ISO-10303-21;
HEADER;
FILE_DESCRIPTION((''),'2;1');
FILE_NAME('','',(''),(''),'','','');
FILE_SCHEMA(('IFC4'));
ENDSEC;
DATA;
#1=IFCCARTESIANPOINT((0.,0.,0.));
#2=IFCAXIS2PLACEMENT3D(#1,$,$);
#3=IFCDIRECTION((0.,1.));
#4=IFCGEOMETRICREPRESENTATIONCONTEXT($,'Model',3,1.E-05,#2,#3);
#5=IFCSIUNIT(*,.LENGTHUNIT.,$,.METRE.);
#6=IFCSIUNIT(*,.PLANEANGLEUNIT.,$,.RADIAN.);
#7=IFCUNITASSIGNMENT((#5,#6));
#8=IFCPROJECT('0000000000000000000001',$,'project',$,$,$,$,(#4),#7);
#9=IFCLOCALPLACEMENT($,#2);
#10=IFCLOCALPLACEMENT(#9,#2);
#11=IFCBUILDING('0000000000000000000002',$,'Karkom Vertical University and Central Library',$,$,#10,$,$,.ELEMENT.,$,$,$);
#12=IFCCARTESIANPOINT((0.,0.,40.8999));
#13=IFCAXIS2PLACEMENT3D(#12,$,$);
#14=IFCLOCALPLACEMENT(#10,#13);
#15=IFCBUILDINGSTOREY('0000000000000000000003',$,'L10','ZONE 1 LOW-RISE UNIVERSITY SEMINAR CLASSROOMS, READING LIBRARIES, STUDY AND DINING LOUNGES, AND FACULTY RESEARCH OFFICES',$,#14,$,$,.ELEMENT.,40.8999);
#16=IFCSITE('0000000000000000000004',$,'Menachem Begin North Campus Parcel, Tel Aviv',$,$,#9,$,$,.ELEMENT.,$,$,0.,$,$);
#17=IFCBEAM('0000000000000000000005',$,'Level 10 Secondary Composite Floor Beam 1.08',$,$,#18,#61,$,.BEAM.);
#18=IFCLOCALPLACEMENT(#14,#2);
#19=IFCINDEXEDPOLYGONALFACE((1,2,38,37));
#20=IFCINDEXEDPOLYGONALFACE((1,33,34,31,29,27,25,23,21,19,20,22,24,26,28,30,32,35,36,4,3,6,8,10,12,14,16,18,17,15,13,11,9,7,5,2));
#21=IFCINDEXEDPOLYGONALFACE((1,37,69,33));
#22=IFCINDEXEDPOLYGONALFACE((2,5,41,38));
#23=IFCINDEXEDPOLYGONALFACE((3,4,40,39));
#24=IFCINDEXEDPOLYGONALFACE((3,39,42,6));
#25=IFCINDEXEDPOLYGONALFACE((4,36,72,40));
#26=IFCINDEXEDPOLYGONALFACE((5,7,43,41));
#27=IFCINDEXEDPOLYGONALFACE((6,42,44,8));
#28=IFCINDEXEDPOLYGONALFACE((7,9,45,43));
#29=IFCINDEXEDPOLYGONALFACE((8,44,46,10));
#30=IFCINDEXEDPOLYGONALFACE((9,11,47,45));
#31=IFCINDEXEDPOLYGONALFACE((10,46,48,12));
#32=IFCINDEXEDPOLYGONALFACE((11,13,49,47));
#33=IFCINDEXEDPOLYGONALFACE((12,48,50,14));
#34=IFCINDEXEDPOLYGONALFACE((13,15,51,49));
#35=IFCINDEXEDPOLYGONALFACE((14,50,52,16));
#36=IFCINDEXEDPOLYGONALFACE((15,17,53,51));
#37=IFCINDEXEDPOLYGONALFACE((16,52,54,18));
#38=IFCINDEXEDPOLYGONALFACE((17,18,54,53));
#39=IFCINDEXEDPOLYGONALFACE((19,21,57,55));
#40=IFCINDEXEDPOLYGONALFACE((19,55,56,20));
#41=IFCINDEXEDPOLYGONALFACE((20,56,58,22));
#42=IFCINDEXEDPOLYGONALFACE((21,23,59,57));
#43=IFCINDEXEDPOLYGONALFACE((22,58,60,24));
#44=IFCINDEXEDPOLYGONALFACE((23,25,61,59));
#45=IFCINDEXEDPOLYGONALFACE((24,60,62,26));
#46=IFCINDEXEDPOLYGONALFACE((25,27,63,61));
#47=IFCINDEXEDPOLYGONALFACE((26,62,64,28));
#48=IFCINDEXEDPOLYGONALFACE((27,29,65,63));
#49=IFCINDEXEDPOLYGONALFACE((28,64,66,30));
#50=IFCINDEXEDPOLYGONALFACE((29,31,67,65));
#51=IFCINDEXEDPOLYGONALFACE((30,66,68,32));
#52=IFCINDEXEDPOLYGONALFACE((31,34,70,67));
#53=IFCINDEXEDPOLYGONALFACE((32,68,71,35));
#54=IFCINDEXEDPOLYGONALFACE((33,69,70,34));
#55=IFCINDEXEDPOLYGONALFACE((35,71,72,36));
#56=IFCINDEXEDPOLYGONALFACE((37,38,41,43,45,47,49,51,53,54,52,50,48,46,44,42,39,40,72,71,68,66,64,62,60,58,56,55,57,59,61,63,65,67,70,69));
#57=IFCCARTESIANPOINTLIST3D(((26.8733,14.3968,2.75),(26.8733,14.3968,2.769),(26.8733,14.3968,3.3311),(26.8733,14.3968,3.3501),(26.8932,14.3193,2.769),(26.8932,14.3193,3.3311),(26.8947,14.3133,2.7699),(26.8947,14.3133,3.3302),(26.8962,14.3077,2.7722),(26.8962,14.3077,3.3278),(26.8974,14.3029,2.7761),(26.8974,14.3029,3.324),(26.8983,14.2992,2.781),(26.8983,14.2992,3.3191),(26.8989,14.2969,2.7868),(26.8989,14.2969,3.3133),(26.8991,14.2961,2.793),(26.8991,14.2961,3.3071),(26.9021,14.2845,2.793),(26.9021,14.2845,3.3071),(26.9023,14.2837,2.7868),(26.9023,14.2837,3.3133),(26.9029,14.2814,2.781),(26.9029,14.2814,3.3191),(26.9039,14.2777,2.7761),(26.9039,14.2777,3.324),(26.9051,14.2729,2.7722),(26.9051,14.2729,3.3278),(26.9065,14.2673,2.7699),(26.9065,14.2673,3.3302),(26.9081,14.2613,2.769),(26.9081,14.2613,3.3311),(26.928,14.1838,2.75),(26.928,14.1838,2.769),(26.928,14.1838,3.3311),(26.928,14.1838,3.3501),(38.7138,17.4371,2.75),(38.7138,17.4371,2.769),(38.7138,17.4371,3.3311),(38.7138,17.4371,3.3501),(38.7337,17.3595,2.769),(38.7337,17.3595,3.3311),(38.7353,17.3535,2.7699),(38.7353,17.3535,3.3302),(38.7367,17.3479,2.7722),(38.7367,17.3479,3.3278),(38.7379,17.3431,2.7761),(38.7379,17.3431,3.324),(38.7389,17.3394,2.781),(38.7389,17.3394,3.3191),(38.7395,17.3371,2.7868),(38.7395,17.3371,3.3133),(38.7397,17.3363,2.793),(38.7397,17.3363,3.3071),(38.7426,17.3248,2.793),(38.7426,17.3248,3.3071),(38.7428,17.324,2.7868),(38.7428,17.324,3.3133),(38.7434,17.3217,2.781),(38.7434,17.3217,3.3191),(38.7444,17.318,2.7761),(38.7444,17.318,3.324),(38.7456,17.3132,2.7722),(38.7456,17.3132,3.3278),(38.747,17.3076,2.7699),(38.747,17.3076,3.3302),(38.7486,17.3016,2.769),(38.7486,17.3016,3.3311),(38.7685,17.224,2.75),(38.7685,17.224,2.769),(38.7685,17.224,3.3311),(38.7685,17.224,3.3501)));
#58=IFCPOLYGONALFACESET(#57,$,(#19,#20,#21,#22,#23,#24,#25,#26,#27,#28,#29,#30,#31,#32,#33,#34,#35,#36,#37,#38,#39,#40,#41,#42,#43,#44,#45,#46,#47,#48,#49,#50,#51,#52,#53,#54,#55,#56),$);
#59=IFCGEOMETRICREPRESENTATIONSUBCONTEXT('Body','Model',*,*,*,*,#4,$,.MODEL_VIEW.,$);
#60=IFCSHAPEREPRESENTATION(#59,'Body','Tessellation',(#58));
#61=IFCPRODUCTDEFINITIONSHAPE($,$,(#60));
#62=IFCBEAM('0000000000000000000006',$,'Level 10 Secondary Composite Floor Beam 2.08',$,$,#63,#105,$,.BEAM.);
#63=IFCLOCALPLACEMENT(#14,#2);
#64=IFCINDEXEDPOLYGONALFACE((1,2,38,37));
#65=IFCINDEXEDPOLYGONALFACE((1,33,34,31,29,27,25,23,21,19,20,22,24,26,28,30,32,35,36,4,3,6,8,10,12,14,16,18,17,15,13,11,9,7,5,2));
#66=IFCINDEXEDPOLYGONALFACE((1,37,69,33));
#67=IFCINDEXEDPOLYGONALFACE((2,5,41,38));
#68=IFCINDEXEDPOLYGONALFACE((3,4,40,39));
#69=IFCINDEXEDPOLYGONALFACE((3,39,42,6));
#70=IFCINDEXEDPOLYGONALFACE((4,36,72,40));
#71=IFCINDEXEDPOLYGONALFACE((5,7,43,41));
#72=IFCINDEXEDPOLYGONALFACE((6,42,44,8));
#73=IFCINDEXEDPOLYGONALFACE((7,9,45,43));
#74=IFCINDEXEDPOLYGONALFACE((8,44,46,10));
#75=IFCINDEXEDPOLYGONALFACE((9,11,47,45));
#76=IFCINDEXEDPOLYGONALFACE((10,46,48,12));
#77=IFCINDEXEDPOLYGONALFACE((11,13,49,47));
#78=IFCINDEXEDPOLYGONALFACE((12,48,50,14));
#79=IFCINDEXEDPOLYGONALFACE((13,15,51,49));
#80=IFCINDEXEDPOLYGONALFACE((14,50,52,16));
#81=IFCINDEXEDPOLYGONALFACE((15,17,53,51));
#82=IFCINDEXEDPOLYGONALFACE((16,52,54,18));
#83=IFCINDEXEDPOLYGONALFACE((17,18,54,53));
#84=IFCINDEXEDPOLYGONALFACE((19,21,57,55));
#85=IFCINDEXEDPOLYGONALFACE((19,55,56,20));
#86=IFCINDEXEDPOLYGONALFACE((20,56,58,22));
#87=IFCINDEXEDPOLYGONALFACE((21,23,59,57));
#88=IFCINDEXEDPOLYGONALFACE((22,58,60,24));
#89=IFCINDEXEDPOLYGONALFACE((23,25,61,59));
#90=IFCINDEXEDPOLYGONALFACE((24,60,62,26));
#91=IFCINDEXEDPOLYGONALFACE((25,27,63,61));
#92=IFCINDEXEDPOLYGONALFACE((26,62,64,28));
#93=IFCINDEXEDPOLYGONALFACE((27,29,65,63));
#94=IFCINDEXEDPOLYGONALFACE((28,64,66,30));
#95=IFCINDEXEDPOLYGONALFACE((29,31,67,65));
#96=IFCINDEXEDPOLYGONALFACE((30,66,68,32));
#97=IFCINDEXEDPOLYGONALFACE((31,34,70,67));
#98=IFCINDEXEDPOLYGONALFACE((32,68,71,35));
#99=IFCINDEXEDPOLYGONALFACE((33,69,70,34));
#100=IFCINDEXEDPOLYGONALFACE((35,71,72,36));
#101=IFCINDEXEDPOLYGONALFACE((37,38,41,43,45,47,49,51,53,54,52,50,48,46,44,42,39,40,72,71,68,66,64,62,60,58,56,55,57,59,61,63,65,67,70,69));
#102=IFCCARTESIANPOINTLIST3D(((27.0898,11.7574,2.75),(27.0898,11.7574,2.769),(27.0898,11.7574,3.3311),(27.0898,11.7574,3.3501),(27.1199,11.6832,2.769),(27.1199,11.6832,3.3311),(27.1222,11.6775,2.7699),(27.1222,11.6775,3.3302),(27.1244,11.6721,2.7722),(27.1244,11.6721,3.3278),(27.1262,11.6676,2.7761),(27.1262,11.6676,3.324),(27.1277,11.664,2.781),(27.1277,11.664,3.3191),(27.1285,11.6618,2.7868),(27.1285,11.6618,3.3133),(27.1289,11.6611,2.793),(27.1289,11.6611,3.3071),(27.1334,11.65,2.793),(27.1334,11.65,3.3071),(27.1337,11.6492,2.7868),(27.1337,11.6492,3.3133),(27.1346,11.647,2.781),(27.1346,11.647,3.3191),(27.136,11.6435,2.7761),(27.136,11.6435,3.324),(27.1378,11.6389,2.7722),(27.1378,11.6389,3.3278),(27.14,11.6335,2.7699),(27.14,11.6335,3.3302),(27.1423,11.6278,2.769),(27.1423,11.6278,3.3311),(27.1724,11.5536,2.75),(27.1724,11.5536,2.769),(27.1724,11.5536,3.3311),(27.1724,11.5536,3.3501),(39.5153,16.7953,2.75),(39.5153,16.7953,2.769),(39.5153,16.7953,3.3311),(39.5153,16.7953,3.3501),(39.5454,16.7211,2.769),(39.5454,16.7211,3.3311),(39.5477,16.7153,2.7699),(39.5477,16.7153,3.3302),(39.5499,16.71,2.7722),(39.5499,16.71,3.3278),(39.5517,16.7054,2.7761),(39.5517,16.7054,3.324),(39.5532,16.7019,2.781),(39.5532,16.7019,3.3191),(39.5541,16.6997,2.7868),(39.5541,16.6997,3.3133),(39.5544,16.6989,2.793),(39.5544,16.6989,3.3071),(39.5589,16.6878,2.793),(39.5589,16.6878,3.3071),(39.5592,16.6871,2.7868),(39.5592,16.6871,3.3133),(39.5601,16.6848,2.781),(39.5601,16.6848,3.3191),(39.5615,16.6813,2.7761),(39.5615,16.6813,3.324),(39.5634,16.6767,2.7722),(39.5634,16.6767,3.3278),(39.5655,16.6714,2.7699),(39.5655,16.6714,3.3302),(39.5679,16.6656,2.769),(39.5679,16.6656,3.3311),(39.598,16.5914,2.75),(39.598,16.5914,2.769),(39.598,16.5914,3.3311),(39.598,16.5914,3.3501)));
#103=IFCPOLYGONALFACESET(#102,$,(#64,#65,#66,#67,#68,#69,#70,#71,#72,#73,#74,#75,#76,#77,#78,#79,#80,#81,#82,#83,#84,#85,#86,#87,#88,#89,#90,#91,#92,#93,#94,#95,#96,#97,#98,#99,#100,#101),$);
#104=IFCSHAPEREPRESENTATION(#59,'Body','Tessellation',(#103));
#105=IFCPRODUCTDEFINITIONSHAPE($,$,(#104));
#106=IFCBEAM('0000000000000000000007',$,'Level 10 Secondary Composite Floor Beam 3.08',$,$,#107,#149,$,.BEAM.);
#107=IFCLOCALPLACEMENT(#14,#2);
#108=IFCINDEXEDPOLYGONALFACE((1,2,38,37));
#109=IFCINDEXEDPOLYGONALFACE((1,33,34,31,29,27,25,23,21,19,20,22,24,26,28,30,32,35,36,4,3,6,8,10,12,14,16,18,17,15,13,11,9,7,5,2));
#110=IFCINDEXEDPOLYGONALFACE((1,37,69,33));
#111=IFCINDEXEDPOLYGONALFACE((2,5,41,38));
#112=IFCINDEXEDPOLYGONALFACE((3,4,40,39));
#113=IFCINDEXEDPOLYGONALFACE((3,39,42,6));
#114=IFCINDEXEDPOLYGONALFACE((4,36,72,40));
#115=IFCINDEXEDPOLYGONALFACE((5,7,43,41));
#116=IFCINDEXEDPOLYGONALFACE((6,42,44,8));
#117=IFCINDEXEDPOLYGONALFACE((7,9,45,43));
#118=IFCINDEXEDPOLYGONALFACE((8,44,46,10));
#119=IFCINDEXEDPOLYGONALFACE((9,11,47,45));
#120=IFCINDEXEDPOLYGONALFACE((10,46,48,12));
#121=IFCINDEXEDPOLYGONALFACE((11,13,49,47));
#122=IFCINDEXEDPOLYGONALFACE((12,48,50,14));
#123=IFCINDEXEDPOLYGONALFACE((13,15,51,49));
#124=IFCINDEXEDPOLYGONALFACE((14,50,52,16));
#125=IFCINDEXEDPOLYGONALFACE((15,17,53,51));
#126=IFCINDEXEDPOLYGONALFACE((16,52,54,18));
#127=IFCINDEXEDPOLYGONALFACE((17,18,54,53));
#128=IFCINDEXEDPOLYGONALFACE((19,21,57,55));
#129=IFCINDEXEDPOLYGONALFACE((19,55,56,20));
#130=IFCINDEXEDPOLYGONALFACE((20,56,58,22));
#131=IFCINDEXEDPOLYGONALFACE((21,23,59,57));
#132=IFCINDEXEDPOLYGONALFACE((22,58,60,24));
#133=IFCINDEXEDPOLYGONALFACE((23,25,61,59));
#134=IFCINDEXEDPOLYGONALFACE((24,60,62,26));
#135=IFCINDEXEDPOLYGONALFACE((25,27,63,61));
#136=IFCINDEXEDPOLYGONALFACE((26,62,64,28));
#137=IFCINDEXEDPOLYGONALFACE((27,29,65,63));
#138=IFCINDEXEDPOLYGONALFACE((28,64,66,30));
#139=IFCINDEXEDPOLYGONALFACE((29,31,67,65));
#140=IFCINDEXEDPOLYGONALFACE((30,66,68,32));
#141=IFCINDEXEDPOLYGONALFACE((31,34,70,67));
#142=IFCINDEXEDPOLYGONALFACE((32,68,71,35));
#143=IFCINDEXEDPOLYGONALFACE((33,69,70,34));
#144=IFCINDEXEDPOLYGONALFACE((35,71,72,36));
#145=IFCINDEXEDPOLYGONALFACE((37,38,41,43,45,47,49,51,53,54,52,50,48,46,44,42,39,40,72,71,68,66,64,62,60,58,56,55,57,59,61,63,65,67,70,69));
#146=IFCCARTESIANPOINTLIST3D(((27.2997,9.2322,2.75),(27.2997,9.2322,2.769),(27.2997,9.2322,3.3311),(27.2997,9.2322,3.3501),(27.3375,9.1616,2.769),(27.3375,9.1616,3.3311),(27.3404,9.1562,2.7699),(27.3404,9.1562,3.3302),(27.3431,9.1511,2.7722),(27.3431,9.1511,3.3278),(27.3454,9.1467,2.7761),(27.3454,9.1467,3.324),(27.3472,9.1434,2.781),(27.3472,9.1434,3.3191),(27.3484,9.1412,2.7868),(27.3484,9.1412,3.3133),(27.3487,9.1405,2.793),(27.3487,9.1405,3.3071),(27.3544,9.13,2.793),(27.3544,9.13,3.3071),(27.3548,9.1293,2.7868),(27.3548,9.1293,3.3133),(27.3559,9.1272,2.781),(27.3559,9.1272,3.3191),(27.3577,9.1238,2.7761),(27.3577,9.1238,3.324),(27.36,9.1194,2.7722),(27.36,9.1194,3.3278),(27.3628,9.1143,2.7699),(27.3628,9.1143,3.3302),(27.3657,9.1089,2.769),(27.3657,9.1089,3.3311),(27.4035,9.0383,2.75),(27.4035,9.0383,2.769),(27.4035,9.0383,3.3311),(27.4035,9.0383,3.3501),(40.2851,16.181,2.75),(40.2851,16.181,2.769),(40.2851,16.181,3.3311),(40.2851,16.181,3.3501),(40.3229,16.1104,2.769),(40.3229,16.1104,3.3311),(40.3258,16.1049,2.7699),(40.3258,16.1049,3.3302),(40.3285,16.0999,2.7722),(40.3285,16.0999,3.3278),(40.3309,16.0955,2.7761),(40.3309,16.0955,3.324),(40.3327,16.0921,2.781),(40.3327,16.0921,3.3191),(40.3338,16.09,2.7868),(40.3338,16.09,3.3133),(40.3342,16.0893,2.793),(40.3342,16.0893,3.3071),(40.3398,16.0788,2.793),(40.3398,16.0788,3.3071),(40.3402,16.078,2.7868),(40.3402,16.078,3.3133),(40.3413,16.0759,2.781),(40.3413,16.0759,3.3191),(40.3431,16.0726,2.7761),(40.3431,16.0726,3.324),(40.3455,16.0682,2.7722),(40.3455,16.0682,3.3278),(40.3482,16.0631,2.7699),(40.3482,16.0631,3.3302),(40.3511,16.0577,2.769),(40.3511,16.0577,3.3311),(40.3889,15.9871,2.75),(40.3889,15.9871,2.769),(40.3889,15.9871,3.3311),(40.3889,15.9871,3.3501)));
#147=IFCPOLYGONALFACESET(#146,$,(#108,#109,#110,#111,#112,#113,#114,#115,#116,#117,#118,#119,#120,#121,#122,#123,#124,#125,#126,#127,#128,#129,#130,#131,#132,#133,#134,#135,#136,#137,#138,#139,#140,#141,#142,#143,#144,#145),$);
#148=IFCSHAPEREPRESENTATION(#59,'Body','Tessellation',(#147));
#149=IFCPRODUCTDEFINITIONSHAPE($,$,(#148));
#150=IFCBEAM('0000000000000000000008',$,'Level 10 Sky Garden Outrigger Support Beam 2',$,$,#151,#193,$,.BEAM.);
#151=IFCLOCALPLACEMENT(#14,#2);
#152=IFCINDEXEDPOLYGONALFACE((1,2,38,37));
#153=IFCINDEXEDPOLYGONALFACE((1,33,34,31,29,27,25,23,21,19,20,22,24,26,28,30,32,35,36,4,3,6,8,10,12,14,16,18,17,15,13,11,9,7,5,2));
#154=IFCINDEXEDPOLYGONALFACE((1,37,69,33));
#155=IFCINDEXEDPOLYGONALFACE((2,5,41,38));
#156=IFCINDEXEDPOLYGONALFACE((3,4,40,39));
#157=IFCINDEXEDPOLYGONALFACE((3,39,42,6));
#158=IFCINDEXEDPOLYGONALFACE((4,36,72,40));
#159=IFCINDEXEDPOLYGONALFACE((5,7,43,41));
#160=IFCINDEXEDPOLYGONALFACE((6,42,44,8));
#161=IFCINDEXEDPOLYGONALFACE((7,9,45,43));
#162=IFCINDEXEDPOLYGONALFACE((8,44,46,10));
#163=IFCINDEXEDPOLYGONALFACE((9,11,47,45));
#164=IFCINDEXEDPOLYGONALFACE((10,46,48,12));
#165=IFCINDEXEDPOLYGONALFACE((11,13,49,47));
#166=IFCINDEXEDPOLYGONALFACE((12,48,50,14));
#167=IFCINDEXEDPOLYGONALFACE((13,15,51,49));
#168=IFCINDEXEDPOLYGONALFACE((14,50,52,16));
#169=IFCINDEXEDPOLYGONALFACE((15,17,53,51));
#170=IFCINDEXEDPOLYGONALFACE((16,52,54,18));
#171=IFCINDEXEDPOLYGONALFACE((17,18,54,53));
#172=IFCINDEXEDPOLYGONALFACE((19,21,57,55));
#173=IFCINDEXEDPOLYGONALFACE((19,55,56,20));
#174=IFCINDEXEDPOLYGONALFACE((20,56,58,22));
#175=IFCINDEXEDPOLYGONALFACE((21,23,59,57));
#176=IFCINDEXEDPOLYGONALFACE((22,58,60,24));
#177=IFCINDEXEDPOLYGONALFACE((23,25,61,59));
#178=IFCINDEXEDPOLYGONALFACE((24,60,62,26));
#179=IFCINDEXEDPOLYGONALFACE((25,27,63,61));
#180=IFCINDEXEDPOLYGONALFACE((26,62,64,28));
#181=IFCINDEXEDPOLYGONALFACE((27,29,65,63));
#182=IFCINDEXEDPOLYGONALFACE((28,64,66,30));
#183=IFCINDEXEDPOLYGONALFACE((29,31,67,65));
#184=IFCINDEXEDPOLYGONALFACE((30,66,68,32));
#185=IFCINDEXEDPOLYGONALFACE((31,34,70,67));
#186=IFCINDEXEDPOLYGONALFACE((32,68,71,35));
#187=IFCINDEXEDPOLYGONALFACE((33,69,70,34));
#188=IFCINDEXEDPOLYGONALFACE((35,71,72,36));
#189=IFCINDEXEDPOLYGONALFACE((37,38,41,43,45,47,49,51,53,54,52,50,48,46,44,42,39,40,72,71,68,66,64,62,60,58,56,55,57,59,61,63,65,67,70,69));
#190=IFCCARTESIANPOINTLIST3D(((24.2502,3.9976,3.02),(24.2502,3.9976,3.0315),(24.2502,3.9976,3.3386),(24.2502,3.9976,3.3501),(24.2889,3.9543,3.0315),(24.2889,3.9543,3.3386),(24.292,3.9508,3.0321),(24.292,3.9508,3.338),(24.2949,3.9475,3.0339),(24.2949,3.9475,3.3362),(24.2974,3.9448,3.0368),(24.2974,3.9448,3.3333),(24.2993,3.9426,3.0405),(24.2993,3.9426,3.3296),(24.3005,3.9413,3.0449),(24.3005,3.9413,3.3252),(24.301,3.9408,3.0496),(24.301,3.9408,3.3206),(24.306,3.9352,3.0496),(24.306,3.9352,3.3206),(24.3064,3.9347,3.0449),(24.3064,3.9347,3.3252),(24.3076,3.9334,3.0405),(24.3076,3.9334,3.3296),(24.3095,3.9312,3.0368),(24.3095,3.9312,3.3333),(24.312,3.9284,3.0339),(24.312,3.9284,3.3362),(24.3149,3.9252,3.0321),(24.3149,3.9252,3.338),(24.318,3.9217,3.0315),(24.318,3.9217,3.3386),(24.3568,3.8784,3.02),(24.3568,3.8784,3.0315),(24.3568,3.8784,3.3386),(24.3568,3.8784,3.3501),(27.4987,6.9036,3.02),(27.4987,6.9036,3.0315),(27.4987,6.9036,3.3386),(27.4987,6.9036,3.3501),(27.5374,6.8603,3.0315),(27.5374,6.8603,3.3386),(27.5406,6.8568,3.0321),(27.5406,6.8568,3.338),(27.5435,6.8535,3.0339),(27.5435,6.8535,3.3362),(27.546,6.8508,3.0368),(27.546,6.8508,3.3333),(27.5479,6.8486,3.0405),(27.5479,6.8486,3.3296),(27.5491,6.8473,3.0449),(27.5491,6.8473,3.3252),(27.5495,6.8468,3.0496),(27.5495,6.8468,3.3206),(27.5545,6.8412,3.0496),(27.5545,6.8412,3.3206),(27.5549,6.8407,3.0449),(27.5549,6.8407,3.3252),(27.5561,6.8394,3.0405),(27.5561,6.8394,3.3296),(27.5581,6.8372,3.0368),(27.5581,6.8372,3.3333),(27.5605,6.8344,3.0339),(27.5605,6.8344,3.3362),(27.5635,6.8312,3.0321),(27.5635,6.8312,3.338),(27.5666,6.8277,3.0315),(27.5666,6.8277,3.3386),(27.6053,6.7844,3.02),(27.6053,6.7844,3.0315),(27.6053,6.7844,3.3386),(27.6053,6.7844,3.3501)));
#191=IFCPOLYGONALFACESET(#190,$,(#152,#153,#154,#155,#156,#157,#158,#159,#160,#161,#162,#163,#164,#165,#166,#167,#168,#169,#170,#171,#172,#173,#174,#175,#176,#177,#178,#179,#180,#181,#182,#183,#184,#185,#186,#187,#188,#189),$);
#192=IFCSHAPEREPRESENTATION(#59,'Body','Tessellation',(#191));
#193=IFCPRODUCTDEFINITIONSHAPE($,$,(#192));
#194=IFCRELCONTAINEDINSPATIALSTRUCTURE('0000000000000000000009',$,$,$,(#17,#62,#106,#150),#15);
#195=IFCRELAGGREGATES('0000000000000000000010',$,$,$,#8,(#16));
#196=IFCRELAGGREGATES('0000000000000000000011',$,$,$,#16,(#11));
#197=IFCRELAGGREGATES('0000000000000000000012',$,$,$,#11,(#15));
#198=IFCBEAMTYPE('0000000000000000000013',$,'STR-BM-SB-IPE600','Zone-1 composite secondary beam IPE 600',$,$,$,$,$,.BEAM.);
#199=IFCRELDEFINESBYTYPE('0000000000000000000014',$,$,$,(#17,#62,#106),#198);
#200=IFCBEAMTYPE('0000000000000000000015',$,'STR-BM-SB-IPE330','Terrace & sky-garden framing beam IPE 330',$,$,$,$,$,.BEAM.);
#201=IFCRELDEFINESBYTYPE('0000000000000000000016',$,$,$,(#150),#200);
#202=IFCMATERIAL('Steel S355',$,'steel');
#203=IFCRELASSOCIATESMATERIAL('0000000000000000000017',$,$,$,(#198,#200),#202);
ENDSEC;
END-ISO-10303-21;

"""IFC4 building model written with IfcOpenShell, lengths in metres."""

from ifc_helpers import new_model, si_unit, direction, frame, origin, origin_with_axes, origin_2d, place, context, subcontext, project, spatial, i_section, extrude, source, transform, mapped, material, material_profile, profile_set, type_object, element, save


model = new_model("IFC4")

# Units and contexts
model_context = context("Model", 3, precision=1e-05, world=origin(), true_north=direction((0.0, 1.0)))
body_context = subcontext(model_context, "Body", "Model", "MODEL_VIEW")
ifc_project = project(units=[si_unit("LENGTHUNIT", "METRE"), si_unit("PLANEANGLEUNIT", "RADIAN")], contexts=[model_context])

# Site, building, storey
site_placement = place(None, origin())
site = spatial("IfcSite", under=ifc_project, at=site_placement, Name="Menachem Begin North Campus Parcel, Tel Aviv", CompositionType="ELEMENT", RefElevation=0.0)
building_placement = place(site_placement, origin())
building = spatial("IfcBuilding", under=site, at=building_placement, Name="Karkom Vertical University and Central Library", CompositionType="ELEMENT")
storey_placement = place(building_placement, frame((0.0, 0.0, 40.8999)))
storey = spatial("IfcBuildingStorey", under=building, at=storey_placement, Name="L10", Description="ZONE 1 LOW-RISE UNIVERSITY SEMINAR CLASSROOMS, READING LIBRARIES, STUDY AND DINING LOUNGES, AND FACULTY RESEARCH OFFICES", CompositionType="ELEMENT", Elevation=40.8999)

# Beams
ifc_material_1 = material(Name="Steel S355", Category="steel")
ifc_material_profile_1 = material_profile(ifc_material_1, i_section(OverallWidth=0.22, OverallDepth=0.6001, WebThickness=0.012, FlangeThickness=0.019, FilletRadius=0.0239, at=origin_2d()), Name="IPE 600")
ifc_profile_set_1 = profile_set([ifc_material_profile_1], Name="Steel S355")
beam_type_1 = type_object("IfcBeamType", Name="STR-BM-SB-IPE600", Description="Zone-1 composite secondary beam IPE 600", PredefinedType="BEAM", material=ifc_profile_set_1)
shared_shape_1 = source(origin_with_axes(), body_context, "Body", "SweptSolid", [
    extrude(i_section(OverallWidth=0.22, OverallDepth=0.6001, WebThickness=0.012, FlangeThickness=0.019, FilletRadius=0.0239, at=origin_2d()), origin(), (0.0, 0.0, 1.0), 12.2246),
])
beam_1_placement = place(storey_placement, frame((26.9006, 14.2903, 3.05), z_axis=(0.96858, 0.248701, 0.0), x_axis=(-0.248701, 0.96858, 0.0)))
element("IfcBeam", 1, at=beam_1_placement, inside=storey, type_object=beam_type_1, Name="Level 10 Secondary Composite Floor Beam 1.08", PredefinedType="BEAM", context=body_context, shape_type="MappedRepresentation", body=[
    mapped(shared_shape_1, transform((0.0, 0.0, 0.0), scale=1.0)),
])
shared_shape_2 = source(origin_with_axes(), body_context, "Body", "SweptSolid", [
    extrude(i_section(OverallWidth=0.22, OverallDepth=0.6001, WebThickness=0.012, FlangeThickness=0.019, FilletRadius=0.0239, at=origin_2d()), origin(), (0.0, 0.0, 1.0), 13.408),
])
beam_2_placement = place(storey_placement, frame((27.1311, 11.6555, 3.05), z_axis=(0.926727, 0.375735, 0.0), x_axis=(-0.375735, 0.926727, 0.0)))
element("IfcBeam", 2, at=beam_2_placement, inside=storey, type_object=beam_type_1, Name="Level 10 Secondary Composite Floor Beam 2.08", PredefinedType="BEAM", context=body_context, shape_type="MappedRepresentation", body=[
    mapped(shared_shape_2, transform((0.0, 0.0, 0.0), scale=1.0)),
])
shared_shape_3 = source(origin_with_axes(), body_context, "Body", "SweptSolid", [
    extrude(i_section(OverallWidth=0.22, OverallDepth=0.6001, WebThickness=0.012, FlangeThickness=0.019, FilletRadius=0.0239, at=origin_2d()), origin(), (0.0, 0.0, 1.0), 14.7278),
])
beam_3_placement = place(storey_placement, frame((27.3516, 9.1353, 3.05), z_axis=(0.881698, 0.471815, 0.0), x_axis=(-0.471815, 0.881698, 0.0)))
element("IfcBeam", 3, at=beam_3_placement, inside=storey, type_object=beam_type_1, Name="Level 10 Secondary Composite Floor Beam 3.08", PredefinedType="BEAM", context=body_context, shape_type="MappedRepresentation", body=[
    mapped(shared_shape_3, transform((0.0, 0.0, 0.0), scale=1.0)),
])
ifc_material_profile_2 = material_profile(ifc_material_1, i_section(OverallWidth=0.1599, OverallDepth=0.3301, WebThickness=0.0076, FlangeThickness=0.0115, FilletRadius=0.0181, at=origin_2d()), Name="IPE 330")
ifc_profile_set_2 = profile_set([ifc_material_profile_2], Name="Steel S355")
beam_type_2 = type_object("IfcBeamType", Name="STR-BM-SB-IPE330", Description="Terrace & sky-garden framing beam IPE 330", PredefinedType="BEAM", material=ifc_profile_set_2)
shared_shape_4 = source(origin_with_axes(), body_context, "Body", "SweptSolid", [
    extrude(i_section(OverallWidth=0.1599, OverallDepth=0.3301, WebThickness=0.0076, FlangeThickness=0.0115, FilletRadius=0.0181, at=origin_2d()), origin(), (0.0, 0.0, 1.0), 4.3586),
])
beam_4_placement = place(storey_placement, frame((27.552, 6.844, 3.1851), z_axis=(-0.745307, -0.666721, 0.0), x_axis=(0.666721, -0.745307, 0.0)))
element("IfcBeam", 4, at=beam_4_placement, inside=storey, type_object=beam_type_2, Name="Level 10 Sky Garden Outrigger Support Beam 2", PredefinedType="BEAM", context=body_context, shape_type="MappedRepresentation", body=[
    mapped(shared_shape_4, transform((0.0, 0.0, 0.0), scale=1.0)),
])

save(model, "model.ifc")
